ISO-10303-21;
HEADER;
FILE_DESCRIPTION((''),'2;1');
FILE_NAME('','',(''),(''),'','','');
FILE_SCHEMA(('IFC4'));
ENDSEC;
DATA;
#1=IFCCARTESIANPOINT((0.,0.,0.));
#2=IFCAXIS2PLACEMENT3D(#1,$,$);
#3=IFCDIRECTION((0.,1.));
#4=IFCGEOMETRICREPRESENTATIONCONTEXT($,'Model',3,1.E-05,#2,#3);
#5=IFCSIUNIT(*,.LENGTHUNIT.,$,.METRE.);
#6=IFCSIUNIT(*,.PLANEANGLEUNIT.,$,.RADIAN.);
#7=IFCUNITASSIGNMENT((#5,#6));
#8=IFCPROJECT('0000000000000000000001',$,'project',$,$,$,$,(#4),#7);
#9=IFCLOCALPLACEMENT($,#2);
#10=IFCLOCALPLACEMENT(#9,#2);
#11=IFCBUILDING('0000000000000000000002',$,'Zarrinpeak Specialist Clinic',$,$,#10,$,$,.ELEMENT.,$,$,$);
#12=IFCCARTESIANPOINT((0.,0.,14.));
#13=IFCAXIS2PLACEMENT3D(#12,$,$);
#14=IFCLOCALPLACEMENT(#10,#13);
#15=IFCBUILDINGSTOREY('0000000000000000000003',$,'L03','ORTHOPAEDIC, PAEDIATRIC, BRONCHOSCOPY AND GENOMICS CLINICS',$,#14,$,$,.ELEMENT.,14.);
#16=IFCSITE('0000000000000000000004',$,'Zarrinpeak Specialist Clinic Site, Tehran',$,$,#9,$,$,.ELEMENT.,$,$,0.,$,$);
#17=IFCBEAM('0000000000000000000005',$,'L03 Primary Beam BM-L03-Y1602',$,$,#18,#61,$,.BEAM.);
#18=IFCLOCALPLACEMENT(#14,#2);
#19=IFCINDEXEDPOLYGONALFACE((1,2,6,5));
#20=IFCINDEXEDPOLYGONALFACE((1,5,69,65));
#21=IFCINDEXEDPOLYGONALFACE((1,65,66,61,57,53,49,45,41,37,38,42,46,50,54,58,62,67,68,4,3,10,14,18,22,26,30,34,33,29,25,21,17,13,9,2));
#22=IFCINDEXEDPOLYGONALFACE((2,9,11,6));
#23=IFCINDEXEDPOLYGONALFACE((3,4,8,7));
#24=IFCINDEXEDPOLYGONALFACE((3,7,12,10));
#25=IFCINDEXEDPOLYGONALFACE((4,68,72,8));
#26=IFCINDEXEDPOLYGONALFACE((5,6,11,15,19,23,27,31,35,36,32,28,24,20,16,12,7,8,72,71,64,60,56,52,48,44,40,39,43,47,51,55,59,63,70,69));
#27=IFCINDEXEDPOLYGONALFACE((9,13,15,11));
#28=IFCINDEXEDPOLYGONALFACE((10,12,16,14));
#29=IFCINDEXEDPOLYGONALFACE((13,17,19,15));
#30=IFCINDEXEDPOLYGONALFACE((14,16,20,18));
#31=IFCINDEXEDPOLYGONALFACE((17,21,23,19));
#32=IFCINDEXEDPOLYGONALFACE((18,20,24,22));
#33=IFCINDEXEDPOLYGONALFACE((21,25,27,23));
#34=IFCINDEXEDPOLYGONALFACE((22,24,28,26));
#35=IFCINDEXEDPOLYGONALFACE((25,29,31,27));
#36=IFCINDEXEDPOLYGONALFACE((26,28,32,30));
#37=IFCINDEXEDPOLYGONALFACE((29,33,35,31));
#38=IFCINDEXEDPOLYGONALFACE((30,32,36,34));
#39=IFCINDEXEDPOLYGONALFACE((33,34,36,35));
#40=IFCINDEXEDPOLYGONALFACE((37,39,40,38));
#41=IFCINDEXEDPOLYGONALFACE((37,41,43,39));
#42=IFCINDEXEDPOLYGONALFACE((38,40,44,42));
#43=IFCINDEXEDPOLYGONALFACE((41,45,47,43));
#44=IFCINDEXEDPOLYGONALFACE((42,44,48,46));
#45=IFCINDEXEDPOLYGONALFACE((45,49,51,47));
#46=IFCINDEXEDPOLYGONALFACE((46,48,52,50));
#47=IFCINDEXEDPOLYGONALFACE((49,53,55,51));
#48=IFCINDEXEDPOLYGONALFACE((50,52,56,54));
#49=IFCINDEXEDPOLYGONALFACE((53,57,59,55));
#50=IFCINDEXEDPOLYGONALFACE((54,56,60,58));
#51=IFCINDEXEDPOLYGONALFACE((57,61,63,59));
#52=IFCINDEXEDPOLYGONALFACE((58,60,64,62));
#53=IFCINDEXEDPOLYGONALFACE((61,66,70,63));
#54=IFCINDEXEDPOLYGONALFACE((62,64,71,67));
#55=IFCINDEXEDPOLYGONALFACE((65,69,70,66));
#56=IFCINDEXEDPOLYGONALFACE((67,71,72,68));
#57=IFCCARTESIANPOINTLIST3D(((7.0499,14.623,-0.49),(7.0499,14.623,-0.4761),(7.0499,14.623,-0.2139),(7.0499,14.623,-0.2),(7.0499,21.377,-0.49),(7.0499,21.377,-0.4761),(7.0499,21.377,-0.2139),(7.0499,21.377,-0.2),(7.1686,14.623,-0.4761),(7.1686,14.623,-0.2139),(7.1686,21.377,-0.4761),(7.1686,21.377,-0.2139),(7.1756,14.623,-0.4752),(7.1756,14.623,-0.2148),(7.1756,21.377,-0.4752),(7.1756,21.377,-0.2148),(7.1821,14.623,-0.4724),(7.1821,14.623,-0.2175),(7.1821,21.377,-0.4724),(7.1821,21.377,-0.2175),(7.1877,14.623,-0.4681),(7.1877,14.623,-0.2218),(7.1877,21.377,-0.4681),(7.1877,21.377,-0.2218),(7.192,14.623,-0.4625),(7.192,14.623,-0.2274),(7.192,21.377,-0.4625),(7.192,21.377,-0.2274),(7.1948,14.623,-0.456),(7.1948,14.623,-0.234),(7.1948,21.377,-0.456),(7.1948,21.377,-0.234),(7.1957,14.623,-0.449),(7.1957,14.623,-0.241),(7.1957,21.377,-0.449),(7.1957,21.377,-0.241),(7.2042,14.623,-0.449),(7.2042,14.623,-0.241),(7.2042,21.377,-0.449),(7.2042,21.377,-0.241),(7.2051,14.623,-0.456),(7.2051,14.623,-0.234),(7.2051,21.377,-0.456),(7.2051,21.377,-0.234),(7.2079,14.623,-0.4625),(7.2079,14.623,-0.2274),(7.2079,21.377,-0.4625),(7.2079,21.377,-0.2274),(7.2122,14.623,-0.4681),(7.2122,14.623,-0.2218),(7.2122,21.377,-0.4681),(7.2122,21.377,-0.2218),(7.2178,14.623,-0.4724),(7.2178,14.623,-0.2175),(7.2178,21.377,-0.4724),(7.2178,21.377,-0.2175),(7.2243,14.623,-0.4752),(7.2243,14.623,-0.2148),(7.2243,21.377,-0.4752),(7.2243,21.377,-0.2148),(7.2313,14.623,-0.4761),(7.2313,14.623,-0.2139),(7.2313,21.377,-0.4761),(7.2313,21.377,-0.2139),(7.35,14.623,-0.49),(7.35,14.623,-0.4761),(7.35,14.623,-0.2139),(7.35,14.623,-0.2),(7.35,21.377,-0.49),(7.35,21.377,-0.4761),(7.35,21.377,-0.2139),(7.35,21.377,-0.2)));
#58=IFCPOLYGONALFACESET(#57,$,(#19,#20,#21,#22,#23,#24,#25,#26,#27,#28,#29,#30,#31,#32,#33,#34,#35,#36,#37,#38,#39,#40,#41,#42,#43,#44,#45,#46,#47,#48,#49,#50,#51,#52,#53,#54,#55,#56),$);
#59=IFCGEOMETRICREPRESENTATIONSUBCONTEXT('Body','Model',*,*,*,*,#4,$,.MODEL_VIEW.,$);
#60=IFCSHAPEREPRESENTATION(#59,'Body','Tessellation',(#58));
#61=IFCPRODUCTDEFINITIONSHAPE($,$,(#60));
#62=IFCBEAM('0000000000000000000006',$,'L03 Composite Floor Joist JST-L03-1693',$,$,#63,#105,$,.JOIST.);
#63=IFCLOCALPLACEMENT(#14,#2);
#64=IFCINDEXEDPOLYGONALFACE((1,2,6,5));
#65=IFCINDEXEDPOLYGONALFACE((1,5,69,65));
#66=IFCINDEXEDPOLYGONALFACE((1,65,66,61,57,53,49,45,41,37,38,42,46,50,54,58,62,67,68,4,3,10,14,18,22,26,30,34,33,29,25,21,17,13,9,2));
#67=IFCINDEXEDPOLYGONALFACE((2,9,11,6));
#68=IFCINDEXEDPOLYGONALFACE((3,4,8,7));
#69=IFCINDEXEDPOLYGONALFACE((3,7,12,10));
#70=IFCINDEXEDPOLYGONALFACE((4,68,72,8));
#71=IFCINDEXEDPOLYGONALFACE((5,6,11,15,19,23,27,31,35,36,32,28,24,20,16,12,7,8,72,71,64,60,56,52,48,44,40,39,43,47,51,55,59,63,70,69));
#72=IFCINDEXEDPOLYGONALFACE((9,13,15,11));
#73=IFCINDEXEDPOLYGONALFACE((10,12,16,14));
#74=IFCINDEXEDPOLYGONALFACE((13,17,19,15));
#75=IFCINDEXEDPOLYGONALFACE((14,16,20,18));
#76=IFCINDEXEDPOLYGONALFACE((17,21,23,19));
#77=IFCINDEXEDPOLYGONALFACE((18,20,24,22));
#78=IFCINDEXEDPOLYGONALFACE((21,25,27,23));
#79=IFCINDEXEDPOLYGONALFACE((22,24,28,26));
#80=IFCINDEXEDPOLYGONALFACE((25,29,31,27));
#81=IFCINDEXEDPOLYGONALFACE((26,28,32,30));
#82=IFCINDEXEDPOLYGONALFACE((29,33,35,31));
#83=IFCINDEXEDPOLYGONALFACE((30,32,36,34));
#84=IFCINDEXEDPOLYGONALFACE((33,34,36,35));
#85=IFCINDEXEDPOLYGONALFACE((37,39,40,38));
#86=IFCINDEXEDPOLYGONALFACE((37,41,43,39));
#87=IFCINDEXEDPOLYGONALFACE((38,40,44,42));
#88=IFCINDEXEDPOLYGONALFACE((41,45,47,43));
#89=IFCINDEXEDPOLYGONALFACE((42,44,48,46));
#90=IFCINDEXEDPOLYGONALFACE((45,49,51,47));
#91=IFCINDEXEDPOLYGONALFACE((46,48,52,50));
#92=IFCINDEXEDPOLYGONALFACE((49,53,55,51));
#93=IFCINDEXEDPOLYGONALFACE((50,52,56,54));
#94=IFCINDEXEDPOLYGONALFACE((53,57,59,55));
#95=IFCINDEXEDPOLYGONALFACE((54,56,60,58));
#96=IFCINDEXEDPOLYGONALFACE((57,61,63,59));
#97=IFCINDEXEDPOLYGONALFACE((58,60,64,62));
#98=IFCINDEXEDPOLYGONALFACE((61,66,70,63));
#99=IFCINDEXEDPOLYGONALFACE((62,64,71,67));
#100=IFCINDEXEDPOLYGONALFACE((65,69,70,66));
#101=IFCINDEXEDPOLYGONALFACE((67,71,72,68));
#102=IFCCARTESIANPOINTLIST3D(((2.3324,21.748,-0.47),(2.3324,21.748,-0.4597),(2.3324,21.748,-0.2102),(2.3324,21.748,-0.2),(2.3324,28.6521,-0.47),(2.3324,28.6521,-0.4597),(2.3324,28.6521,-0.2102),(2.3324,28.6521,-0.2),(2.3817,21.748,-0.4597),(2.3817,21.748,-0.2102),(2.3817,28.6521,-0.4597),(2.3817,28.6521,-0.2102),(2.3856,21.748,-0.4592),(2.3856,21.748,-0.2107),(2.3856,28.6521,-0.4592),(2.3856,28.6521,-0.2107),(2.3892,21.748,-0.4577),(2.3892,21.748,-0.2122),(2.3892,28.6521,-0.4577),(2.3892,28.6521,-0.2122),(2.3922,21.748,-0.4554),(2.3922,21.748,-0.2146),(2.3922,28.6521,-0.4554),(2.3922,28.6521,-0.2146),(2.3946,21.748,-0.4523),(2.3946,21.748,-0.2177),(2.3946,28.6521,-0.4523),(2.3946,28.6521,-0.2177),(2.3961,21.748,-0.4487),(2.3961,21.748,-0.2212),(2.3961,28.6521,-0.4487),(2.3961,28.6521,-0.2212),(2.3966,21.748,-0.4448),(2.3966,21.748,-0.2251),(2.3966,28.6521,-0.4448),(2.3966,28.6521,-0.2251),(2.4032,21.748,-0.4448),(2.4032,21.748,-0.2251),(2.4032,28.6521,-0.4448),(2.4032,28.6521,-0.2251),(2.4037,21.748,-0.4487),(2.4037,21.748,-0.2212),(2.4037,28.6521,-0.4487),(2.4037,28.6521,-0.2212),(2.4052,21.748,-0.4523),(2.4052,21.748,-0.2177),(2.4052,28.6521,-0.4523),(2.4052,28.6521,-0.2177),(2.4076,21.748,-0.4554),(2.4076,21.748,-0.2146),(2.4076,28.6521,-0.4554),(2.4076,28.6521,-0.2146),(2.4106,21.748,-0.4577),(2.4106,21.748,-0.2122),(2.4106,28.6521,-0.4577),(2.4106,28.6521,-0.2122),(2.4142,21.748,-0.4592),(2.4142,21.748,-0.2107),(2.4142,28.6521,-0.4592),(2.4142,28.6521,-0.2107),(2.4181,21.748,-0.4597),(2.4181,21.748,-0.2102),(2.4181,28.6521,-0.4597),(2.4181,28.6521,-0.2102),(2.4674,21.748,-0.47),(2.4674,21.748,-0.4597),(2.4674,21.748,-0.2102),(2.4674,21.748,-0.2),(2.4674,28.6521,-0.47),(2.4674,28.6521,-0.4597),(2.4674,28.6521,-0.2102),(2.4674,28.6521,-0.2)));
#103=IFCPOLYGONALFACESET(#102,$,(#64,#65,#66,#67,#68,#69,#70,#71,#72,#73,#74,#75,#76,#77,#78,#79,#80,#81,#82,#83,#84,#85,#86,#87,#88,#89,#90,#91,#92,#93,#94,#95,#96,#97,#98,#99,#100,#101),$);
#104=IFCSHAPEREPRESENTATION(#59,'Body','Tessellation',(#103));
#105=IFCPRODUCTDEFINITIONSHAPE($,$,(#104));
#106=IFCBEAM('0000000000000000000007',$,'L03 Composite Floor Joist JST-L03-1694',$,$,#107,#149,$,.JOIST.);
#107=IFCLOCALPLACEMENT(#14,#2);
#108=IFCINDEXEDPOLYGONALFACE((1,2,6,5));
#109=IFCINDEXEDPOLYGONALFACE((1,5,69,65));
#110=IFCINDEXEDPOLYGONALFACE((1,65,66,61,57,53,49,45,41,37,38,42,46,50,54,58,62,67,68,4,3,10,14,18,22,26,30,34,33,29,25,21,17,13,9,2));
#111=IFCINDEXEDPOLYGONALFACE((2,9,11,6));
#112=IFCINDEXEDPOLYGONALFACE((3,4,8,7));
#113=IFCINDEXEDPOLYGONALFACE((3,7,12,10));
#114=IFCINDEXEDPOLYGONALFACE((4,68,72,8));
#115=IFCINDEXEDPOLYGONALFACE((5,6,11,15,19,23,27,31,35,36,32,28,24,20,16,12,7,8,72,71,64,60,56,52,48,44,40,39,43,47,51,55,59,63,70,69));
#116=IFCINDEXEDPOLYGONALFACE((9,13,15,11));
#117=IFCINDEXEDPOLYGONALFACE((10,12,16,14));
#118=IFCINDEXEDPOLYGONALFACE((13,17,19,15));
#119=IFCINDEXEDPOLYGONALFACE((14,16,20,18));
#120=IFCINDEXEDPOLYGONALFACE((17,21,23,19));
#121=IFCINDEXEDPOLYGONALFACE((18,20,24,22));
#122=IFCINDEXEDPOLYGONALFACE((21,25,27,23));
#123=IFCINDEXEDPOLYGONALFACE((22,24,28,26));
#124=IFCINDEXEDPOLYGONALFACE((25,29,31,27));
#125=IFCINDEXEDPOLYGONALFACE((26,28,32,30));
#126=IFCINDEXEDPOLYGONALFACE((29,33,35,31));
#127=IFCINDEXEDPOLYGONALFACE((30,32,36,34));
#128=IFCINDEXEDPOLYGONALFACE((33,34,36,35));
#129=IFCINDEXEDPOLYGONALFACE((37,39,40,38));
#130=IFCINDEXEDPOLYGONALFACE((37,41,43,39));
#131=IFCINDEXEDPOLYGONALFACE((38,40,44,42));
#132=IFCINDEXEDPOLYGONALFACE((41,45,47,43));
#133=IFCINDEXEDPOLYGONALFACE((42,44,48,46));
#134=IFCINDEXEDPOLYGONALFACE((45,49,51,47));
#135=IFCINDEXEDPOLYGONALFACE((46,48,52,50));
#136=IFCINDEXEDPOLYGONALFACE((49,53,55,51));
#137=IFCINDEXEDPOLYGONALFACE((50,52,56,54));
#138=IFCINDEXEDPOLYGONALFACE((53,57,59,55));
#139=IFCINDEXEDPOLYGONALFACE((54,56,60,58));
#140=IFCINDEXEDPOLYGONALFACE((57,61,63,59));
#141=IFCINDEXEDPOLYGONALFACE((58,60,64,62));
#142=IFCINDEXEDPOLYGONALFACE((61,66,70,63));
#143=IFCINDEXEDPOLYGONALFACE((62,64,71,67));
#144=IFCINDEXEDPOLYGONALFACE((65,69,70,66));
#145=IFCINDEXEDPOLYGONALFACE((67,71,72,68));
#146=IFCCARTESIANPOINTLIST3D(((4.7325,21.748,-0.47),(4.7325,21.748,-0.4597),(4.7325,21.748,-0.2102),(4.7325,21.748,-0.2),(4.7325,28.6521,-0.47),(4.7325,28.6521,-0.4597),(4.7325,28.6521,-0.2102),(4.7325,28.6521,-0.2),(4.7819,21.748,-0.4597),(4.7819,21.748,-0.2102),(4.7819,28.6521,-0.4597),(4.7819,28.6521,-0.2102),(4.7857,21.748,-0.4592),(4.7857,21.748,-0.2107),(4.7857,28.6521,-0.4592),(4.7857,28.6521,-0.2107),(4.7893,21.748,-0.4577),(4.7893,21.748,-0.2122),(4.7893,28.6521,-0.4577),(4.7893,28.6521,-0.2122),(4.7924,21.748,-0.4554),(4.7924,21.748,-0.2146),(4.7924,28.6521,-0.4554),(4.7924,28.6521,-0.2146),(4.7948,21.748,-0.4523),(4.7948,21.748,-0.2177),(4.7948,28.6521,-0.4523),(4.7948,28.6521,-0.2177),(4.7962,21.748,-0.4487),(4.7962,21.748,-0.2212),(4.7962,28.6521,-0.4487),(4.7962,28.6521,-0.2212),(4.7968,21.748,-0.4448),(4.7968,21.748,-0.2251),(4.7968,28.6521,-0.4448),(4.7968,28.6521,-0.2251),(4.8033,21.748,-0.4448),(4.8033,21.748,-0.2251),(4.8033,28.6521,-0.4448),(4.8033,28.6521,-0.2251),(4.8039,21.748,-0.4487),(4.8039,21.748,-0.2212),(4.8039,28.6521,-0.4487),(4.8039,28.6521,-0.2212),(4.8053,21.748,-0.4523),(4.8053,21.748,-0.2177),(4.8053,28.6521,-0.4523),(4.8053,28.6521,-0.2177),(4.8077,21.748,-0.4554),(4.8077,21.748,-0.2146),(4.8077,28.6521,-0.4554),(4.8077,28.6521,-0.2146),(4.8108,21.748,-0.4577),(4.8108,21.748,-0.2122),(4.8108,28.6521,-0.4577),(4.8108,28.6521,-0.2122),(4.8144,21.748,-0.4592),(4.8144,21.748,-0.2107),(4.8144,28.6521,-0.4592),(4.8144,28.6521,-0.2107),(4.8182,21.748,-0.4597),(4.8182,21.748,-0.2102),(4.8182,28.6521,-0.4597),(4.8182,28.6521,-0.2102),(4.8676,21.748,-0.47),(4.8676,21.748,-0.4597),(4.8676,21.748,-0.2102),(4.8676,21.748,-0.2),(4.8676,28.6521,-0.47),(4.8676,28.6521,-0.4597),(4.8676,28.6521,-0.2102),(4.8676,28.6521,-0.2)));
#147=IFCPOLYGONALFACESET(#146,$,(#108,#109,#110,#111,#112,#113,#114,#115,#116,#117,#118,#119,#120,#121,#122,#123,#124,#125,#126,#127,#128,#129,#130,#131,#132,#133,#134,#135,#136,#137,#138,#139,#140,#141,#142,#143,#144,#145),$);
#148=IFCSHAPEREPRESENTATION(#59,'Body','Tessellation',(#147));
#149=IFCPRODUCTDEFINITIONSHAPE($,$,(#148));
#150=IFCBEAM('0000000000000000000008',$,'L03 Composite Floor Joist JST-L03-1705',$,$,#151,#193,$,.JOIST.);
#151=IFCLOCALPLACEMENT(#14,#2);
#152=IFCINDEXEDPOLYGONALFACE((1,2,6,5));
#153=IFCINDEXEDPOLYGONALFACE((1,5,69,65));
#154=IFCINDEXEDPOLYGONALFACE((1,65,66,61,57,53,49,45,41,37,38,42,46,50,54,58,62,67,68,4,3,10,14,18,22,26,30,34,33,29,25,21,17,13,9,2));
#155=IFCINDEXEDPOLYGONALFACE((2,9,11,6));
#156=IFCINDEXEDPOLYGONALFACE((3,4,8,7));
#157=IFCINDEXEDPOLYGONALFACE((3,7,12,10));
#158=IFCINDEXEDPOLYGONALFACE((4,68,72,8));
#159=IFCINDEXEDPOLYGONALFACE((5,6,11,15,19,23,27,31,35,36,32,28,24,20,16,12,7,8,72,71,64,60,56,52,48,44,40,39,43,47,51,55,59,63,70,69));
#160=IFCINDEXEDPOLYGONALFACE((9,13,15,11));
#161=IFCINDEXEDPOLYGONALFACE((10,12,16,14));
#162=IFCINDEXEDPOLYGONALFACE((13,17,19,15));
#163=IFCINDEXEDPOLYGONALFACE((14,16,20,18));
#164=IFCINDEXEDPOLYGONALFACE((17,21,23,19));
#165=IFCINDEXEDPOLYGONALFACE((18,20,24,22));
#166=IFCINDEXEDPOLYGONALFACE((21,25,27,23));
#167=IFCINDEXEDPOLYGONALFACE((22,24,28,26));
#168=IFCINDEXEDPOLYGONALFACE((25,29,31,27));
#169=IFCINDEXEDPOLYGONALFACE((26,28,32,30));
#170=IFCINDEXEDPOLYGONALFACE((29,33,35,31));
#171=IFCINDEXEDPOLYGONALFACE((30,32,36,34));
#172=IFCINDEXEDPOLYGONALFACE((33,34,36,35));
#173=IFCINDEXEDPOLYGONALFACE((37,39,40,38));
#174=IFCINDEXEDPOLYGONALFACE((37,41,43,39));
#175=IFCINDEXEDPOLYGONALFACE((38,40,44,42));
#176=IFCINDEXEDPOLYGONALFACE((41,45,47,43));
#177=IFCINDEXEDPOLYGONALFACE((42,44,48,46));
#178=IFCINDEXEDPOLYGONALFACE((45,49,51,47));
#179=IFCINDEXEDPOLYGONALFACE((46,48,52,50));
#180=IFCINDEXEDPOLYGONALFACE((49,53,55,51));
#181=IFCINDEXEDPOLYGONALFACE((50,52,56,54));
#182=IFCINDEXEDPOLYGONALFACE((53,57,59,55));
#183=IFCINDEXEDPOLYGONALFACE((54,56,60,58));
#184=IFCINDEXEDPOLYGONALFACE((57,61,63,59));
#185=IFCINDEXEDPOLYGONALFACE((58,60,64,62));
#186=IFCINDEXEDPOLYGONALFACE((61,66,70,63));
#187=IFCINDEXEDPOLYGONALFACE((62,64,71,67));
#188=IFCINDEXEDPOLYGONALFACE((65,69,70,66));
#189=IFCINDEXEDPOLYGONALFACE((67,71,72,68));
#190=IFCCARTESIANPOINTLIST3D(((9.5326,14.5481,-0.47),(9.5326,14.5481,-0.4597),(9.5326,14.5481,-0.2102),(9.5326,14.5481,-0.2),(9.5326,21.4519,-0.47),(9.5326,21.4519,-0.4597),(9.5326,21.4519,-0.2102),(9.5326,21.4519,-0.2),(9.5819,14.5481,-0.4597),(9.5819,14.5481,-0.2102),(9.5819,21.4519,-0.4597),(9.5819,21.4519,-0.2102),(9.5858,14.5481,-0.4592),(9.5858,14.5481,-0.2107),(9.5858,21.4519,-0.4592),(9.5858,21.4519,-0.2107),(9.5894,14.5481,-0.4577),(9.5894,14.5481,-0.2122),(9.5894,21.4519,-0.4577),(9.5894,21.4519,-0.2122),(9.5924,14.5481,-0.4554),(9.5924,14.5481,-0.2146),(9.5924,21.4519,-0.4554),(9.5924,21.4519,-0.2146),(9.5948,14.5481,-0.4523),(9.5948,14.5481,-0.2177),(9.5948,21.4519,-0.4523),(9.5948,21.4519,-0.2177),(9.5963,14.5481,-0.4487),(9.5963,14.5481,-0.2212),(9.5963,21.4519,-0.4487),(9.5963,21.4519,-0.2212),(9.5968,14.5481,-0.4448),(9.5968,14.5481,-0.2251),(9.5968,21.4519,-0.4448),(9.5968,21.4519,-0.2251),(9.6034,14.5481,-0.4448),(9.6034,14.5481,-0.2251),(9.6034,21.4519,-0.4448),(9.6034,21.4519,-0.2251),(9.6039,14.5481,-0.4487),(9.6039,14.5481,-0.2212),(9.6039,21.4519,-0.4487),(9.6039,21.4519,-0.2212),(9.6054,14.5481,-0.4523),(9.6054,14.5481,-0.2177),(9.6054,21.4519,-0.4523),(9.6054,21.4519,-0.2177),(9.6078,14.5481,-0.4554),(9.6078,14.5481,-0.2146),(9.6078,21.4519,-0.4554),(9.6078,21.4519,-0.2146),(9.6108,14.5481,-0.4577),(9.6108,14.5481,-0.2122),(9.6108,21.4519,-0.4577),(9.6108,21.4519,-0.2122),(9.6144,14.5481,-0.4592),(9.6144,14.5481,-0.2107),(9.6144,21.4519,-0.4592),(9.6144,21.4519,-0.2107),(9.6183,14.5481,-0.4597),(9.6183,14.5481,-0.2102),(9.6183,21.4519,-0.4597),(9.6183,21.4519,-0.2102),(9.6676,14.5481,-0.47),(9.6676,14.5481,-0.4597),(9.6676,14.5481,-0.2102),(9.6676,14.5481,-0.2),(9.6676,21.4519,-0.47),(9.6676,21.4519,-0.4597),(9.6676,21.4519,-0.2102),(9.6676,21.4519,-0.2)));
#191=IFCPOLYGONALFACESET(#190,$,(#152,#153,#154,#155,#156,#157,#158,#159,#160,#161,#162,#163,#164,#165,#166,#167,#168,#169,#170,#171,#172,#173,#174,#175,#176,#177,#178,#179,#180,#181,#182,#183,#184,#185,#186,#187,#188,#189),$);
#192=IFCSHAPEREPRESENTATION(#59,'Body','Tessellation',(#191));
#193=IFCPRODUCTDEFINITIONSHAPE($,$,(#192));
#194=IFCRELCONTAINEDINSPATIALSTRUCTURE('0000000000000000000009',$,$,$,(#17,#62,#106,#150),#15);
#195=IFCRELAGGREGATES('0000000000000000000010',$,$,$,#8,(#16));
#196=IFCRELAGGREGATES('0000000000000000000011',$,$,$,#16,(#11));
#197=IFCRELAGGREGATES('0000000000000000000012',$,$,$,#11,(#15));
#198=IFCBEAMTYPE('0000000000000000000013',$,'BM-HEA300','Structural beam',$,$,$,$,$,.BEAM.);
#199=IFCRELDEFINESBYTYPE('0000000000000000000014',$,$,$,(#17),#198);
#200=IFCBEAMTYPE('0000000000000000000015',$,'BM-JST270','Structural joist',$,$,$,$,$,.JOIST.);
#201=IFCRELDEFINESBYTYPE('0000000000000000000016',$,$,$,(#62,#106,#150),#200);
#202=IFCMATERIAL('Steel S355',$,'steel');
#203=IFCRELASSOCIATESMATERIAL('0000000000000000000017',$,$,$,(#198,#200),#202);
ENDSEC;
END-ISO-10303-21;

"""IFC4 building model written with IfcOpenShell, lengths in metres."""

from ifc_helpers import new_model, si_unit, direction, frame, origin, origin_2d, place, context, subcontext, project, spatial, i_section, extrude, material, material_profile, profile_set, type_object, element, save


model = new_model("IFC4")

# Units and contexts
model_context = context("Model", 3, precision=1e-05, world=origin(), true_north=direction((0.0, 1.0)))
body_context = subcontext(model_context, "Body", "Model", "MODEL_VIEW")
ifc_project = project(units=[si_unit("LENGTHUNIT", "METRE"), si_unit("PLANEANGLEUNIT", "RADIAN")], contexts=[model_context])

# Site, building, storey
site_placement = place(None, origin())
site = spatial("IfcSite", under=ifc_project, at=site_placement, Name="Zarrinpeak Specialist Clinic Site, Tehran", CompositionType="ELEMENT", RefElevation=0.0)
building_placement = place(site_placement, origin())
building = spatial("IfcBuilding", under=site, at=building_placement, Name="Zarrinpeak Specialist Clinic", CompositionType="ELEMENT")
storey_placement = place(building_placement, frame((0.0, 0.0, 14.0)))
storey = spatial("IfcBuildingStorey", under=building, at=storey_placement, Name="L03", Description="ORTHOPAEDIC, PAEDIATRIC, BRONCHOSCOPY AND GENOMICS CLINICS", CompositionType="ELEMENT", Elevation=14.0)

# Shared definitions
ifc_material_1 = material(Name="Steel S355", Category="steel")

# Beams
ifc_material_profile_1 = material_profile(ifc_material_1, i_section(OverallWidth=0.3, OverallDepth=0.29, WebThickness=0.0085, FlangeThickness=0.0139, FilletRadius=0.0271, at=origin_2d()), Name="HEA 300")
ifc_profile_set_1 = profile_set([ifc_material_profile_1], Name="Steel S355")
beam_type_1 = type_object("IfcBeamType", Name="BM-HEA300", Description="Structural beam", PredefinedType="BEAM", material=ifc_profile_set_1)
beam_1_placement = place(storey_placement, frame((7.2, 14.623, -0.345), z_axis=(0.0, 1.0, 0.0), x_axis=(-1.0, 0.0, 0.0)))
element("IfcBeam", 1, at=beam_1_placement, inside=storey, type_object=beam_type_1, Name="L03 Primary Beam BM-L03-Y1602", PredefinedType="BEAM", context=body_context, shape_type="SweptSolid", body=[
    extrude(i_section(OverallWidth=0.3, OverallDepth=0.29, WebThickness=0.0085, FlangeThickness=0.0139, FilletRadius=0.0271, at=origin_2d()), origin(), (0.0, 0.0, 1.0), 6.7539),
])
ifc_material_profile_2 = material_profile(ifc_material_1, i_section(OverallWidth=0.135, OverallDepth=0.27, WebThickness=0.0066, FlangeThickness=0.0103, FilletRadius=0.0149, at=origin_2d()), Name="IPE 270")
ifc_profile_set_2 = profile_set([ifc_material_profile_2], Name="Steel S355")
beam_type_2 = type_object("IfcBeamType", Name="BM-JST270", Description="Structural joist", PredefinedType="JOIST", material=ifc_profile_set_2)
for number, where, z_axis, x_axis, name in (
    (2, (2.3999, 21.748, -0.335), (0.0, 1.0, 0.0), (-1.0, 0.0, 0.0), "L03 Composite Floor Joist JST-L03-1693"),
    (3, (4.8, 21.748, -0.335), (0.0, 1.0, 0.0), (-1.0, 0.0, 0.0), "L03 Composite Floor Joist JST-L03-1694"),
):
    element("IfcBeam", number, at=place(storey_placement, frame(where, z_axis=z_axis, x_axis=x_axis)), inside=storey, type_object=beam_type_2, Name=name, PredefinedType="JOIST", context=body_context, shape_type="SweptSolid", body=[
        extrude(i_section(OverallWidth=0.135, OverallDepth=0.27, WebThickness=0.0066, FlangeThickness=0.0103, FilletRadius=0.0149, at=origin_2d()), origin(), (0.0, 0.0, 1.0), 6.9041),
    ])
beam_2_placement = place(storey_placement, frame((9.6001, 14.5481, -0.335), z_axis=(0.0, 1.0, 0.0), x_axis=(-1.0, 0.0, 0.0)))
element("IfcBeam", 4, at=beam_2_placement, inside=storey, type_object=beam_type_2, Name="L03 Composite Floor Joist JST-L03-1705", PredefinedType="JOIST", context=body_context, shape_type="SweptSolid", body=[
    extrude(i_section(OverallWidth=0.135, OverallDepth=0.27, WebThickness=0.0066, FlangeThickness=0.0103, FilletRadius=0.0149, at=origin_2d()), origin(), (0.0, 0.0, 1.0), 6.9038),
])

save(model, "model.ifc")
